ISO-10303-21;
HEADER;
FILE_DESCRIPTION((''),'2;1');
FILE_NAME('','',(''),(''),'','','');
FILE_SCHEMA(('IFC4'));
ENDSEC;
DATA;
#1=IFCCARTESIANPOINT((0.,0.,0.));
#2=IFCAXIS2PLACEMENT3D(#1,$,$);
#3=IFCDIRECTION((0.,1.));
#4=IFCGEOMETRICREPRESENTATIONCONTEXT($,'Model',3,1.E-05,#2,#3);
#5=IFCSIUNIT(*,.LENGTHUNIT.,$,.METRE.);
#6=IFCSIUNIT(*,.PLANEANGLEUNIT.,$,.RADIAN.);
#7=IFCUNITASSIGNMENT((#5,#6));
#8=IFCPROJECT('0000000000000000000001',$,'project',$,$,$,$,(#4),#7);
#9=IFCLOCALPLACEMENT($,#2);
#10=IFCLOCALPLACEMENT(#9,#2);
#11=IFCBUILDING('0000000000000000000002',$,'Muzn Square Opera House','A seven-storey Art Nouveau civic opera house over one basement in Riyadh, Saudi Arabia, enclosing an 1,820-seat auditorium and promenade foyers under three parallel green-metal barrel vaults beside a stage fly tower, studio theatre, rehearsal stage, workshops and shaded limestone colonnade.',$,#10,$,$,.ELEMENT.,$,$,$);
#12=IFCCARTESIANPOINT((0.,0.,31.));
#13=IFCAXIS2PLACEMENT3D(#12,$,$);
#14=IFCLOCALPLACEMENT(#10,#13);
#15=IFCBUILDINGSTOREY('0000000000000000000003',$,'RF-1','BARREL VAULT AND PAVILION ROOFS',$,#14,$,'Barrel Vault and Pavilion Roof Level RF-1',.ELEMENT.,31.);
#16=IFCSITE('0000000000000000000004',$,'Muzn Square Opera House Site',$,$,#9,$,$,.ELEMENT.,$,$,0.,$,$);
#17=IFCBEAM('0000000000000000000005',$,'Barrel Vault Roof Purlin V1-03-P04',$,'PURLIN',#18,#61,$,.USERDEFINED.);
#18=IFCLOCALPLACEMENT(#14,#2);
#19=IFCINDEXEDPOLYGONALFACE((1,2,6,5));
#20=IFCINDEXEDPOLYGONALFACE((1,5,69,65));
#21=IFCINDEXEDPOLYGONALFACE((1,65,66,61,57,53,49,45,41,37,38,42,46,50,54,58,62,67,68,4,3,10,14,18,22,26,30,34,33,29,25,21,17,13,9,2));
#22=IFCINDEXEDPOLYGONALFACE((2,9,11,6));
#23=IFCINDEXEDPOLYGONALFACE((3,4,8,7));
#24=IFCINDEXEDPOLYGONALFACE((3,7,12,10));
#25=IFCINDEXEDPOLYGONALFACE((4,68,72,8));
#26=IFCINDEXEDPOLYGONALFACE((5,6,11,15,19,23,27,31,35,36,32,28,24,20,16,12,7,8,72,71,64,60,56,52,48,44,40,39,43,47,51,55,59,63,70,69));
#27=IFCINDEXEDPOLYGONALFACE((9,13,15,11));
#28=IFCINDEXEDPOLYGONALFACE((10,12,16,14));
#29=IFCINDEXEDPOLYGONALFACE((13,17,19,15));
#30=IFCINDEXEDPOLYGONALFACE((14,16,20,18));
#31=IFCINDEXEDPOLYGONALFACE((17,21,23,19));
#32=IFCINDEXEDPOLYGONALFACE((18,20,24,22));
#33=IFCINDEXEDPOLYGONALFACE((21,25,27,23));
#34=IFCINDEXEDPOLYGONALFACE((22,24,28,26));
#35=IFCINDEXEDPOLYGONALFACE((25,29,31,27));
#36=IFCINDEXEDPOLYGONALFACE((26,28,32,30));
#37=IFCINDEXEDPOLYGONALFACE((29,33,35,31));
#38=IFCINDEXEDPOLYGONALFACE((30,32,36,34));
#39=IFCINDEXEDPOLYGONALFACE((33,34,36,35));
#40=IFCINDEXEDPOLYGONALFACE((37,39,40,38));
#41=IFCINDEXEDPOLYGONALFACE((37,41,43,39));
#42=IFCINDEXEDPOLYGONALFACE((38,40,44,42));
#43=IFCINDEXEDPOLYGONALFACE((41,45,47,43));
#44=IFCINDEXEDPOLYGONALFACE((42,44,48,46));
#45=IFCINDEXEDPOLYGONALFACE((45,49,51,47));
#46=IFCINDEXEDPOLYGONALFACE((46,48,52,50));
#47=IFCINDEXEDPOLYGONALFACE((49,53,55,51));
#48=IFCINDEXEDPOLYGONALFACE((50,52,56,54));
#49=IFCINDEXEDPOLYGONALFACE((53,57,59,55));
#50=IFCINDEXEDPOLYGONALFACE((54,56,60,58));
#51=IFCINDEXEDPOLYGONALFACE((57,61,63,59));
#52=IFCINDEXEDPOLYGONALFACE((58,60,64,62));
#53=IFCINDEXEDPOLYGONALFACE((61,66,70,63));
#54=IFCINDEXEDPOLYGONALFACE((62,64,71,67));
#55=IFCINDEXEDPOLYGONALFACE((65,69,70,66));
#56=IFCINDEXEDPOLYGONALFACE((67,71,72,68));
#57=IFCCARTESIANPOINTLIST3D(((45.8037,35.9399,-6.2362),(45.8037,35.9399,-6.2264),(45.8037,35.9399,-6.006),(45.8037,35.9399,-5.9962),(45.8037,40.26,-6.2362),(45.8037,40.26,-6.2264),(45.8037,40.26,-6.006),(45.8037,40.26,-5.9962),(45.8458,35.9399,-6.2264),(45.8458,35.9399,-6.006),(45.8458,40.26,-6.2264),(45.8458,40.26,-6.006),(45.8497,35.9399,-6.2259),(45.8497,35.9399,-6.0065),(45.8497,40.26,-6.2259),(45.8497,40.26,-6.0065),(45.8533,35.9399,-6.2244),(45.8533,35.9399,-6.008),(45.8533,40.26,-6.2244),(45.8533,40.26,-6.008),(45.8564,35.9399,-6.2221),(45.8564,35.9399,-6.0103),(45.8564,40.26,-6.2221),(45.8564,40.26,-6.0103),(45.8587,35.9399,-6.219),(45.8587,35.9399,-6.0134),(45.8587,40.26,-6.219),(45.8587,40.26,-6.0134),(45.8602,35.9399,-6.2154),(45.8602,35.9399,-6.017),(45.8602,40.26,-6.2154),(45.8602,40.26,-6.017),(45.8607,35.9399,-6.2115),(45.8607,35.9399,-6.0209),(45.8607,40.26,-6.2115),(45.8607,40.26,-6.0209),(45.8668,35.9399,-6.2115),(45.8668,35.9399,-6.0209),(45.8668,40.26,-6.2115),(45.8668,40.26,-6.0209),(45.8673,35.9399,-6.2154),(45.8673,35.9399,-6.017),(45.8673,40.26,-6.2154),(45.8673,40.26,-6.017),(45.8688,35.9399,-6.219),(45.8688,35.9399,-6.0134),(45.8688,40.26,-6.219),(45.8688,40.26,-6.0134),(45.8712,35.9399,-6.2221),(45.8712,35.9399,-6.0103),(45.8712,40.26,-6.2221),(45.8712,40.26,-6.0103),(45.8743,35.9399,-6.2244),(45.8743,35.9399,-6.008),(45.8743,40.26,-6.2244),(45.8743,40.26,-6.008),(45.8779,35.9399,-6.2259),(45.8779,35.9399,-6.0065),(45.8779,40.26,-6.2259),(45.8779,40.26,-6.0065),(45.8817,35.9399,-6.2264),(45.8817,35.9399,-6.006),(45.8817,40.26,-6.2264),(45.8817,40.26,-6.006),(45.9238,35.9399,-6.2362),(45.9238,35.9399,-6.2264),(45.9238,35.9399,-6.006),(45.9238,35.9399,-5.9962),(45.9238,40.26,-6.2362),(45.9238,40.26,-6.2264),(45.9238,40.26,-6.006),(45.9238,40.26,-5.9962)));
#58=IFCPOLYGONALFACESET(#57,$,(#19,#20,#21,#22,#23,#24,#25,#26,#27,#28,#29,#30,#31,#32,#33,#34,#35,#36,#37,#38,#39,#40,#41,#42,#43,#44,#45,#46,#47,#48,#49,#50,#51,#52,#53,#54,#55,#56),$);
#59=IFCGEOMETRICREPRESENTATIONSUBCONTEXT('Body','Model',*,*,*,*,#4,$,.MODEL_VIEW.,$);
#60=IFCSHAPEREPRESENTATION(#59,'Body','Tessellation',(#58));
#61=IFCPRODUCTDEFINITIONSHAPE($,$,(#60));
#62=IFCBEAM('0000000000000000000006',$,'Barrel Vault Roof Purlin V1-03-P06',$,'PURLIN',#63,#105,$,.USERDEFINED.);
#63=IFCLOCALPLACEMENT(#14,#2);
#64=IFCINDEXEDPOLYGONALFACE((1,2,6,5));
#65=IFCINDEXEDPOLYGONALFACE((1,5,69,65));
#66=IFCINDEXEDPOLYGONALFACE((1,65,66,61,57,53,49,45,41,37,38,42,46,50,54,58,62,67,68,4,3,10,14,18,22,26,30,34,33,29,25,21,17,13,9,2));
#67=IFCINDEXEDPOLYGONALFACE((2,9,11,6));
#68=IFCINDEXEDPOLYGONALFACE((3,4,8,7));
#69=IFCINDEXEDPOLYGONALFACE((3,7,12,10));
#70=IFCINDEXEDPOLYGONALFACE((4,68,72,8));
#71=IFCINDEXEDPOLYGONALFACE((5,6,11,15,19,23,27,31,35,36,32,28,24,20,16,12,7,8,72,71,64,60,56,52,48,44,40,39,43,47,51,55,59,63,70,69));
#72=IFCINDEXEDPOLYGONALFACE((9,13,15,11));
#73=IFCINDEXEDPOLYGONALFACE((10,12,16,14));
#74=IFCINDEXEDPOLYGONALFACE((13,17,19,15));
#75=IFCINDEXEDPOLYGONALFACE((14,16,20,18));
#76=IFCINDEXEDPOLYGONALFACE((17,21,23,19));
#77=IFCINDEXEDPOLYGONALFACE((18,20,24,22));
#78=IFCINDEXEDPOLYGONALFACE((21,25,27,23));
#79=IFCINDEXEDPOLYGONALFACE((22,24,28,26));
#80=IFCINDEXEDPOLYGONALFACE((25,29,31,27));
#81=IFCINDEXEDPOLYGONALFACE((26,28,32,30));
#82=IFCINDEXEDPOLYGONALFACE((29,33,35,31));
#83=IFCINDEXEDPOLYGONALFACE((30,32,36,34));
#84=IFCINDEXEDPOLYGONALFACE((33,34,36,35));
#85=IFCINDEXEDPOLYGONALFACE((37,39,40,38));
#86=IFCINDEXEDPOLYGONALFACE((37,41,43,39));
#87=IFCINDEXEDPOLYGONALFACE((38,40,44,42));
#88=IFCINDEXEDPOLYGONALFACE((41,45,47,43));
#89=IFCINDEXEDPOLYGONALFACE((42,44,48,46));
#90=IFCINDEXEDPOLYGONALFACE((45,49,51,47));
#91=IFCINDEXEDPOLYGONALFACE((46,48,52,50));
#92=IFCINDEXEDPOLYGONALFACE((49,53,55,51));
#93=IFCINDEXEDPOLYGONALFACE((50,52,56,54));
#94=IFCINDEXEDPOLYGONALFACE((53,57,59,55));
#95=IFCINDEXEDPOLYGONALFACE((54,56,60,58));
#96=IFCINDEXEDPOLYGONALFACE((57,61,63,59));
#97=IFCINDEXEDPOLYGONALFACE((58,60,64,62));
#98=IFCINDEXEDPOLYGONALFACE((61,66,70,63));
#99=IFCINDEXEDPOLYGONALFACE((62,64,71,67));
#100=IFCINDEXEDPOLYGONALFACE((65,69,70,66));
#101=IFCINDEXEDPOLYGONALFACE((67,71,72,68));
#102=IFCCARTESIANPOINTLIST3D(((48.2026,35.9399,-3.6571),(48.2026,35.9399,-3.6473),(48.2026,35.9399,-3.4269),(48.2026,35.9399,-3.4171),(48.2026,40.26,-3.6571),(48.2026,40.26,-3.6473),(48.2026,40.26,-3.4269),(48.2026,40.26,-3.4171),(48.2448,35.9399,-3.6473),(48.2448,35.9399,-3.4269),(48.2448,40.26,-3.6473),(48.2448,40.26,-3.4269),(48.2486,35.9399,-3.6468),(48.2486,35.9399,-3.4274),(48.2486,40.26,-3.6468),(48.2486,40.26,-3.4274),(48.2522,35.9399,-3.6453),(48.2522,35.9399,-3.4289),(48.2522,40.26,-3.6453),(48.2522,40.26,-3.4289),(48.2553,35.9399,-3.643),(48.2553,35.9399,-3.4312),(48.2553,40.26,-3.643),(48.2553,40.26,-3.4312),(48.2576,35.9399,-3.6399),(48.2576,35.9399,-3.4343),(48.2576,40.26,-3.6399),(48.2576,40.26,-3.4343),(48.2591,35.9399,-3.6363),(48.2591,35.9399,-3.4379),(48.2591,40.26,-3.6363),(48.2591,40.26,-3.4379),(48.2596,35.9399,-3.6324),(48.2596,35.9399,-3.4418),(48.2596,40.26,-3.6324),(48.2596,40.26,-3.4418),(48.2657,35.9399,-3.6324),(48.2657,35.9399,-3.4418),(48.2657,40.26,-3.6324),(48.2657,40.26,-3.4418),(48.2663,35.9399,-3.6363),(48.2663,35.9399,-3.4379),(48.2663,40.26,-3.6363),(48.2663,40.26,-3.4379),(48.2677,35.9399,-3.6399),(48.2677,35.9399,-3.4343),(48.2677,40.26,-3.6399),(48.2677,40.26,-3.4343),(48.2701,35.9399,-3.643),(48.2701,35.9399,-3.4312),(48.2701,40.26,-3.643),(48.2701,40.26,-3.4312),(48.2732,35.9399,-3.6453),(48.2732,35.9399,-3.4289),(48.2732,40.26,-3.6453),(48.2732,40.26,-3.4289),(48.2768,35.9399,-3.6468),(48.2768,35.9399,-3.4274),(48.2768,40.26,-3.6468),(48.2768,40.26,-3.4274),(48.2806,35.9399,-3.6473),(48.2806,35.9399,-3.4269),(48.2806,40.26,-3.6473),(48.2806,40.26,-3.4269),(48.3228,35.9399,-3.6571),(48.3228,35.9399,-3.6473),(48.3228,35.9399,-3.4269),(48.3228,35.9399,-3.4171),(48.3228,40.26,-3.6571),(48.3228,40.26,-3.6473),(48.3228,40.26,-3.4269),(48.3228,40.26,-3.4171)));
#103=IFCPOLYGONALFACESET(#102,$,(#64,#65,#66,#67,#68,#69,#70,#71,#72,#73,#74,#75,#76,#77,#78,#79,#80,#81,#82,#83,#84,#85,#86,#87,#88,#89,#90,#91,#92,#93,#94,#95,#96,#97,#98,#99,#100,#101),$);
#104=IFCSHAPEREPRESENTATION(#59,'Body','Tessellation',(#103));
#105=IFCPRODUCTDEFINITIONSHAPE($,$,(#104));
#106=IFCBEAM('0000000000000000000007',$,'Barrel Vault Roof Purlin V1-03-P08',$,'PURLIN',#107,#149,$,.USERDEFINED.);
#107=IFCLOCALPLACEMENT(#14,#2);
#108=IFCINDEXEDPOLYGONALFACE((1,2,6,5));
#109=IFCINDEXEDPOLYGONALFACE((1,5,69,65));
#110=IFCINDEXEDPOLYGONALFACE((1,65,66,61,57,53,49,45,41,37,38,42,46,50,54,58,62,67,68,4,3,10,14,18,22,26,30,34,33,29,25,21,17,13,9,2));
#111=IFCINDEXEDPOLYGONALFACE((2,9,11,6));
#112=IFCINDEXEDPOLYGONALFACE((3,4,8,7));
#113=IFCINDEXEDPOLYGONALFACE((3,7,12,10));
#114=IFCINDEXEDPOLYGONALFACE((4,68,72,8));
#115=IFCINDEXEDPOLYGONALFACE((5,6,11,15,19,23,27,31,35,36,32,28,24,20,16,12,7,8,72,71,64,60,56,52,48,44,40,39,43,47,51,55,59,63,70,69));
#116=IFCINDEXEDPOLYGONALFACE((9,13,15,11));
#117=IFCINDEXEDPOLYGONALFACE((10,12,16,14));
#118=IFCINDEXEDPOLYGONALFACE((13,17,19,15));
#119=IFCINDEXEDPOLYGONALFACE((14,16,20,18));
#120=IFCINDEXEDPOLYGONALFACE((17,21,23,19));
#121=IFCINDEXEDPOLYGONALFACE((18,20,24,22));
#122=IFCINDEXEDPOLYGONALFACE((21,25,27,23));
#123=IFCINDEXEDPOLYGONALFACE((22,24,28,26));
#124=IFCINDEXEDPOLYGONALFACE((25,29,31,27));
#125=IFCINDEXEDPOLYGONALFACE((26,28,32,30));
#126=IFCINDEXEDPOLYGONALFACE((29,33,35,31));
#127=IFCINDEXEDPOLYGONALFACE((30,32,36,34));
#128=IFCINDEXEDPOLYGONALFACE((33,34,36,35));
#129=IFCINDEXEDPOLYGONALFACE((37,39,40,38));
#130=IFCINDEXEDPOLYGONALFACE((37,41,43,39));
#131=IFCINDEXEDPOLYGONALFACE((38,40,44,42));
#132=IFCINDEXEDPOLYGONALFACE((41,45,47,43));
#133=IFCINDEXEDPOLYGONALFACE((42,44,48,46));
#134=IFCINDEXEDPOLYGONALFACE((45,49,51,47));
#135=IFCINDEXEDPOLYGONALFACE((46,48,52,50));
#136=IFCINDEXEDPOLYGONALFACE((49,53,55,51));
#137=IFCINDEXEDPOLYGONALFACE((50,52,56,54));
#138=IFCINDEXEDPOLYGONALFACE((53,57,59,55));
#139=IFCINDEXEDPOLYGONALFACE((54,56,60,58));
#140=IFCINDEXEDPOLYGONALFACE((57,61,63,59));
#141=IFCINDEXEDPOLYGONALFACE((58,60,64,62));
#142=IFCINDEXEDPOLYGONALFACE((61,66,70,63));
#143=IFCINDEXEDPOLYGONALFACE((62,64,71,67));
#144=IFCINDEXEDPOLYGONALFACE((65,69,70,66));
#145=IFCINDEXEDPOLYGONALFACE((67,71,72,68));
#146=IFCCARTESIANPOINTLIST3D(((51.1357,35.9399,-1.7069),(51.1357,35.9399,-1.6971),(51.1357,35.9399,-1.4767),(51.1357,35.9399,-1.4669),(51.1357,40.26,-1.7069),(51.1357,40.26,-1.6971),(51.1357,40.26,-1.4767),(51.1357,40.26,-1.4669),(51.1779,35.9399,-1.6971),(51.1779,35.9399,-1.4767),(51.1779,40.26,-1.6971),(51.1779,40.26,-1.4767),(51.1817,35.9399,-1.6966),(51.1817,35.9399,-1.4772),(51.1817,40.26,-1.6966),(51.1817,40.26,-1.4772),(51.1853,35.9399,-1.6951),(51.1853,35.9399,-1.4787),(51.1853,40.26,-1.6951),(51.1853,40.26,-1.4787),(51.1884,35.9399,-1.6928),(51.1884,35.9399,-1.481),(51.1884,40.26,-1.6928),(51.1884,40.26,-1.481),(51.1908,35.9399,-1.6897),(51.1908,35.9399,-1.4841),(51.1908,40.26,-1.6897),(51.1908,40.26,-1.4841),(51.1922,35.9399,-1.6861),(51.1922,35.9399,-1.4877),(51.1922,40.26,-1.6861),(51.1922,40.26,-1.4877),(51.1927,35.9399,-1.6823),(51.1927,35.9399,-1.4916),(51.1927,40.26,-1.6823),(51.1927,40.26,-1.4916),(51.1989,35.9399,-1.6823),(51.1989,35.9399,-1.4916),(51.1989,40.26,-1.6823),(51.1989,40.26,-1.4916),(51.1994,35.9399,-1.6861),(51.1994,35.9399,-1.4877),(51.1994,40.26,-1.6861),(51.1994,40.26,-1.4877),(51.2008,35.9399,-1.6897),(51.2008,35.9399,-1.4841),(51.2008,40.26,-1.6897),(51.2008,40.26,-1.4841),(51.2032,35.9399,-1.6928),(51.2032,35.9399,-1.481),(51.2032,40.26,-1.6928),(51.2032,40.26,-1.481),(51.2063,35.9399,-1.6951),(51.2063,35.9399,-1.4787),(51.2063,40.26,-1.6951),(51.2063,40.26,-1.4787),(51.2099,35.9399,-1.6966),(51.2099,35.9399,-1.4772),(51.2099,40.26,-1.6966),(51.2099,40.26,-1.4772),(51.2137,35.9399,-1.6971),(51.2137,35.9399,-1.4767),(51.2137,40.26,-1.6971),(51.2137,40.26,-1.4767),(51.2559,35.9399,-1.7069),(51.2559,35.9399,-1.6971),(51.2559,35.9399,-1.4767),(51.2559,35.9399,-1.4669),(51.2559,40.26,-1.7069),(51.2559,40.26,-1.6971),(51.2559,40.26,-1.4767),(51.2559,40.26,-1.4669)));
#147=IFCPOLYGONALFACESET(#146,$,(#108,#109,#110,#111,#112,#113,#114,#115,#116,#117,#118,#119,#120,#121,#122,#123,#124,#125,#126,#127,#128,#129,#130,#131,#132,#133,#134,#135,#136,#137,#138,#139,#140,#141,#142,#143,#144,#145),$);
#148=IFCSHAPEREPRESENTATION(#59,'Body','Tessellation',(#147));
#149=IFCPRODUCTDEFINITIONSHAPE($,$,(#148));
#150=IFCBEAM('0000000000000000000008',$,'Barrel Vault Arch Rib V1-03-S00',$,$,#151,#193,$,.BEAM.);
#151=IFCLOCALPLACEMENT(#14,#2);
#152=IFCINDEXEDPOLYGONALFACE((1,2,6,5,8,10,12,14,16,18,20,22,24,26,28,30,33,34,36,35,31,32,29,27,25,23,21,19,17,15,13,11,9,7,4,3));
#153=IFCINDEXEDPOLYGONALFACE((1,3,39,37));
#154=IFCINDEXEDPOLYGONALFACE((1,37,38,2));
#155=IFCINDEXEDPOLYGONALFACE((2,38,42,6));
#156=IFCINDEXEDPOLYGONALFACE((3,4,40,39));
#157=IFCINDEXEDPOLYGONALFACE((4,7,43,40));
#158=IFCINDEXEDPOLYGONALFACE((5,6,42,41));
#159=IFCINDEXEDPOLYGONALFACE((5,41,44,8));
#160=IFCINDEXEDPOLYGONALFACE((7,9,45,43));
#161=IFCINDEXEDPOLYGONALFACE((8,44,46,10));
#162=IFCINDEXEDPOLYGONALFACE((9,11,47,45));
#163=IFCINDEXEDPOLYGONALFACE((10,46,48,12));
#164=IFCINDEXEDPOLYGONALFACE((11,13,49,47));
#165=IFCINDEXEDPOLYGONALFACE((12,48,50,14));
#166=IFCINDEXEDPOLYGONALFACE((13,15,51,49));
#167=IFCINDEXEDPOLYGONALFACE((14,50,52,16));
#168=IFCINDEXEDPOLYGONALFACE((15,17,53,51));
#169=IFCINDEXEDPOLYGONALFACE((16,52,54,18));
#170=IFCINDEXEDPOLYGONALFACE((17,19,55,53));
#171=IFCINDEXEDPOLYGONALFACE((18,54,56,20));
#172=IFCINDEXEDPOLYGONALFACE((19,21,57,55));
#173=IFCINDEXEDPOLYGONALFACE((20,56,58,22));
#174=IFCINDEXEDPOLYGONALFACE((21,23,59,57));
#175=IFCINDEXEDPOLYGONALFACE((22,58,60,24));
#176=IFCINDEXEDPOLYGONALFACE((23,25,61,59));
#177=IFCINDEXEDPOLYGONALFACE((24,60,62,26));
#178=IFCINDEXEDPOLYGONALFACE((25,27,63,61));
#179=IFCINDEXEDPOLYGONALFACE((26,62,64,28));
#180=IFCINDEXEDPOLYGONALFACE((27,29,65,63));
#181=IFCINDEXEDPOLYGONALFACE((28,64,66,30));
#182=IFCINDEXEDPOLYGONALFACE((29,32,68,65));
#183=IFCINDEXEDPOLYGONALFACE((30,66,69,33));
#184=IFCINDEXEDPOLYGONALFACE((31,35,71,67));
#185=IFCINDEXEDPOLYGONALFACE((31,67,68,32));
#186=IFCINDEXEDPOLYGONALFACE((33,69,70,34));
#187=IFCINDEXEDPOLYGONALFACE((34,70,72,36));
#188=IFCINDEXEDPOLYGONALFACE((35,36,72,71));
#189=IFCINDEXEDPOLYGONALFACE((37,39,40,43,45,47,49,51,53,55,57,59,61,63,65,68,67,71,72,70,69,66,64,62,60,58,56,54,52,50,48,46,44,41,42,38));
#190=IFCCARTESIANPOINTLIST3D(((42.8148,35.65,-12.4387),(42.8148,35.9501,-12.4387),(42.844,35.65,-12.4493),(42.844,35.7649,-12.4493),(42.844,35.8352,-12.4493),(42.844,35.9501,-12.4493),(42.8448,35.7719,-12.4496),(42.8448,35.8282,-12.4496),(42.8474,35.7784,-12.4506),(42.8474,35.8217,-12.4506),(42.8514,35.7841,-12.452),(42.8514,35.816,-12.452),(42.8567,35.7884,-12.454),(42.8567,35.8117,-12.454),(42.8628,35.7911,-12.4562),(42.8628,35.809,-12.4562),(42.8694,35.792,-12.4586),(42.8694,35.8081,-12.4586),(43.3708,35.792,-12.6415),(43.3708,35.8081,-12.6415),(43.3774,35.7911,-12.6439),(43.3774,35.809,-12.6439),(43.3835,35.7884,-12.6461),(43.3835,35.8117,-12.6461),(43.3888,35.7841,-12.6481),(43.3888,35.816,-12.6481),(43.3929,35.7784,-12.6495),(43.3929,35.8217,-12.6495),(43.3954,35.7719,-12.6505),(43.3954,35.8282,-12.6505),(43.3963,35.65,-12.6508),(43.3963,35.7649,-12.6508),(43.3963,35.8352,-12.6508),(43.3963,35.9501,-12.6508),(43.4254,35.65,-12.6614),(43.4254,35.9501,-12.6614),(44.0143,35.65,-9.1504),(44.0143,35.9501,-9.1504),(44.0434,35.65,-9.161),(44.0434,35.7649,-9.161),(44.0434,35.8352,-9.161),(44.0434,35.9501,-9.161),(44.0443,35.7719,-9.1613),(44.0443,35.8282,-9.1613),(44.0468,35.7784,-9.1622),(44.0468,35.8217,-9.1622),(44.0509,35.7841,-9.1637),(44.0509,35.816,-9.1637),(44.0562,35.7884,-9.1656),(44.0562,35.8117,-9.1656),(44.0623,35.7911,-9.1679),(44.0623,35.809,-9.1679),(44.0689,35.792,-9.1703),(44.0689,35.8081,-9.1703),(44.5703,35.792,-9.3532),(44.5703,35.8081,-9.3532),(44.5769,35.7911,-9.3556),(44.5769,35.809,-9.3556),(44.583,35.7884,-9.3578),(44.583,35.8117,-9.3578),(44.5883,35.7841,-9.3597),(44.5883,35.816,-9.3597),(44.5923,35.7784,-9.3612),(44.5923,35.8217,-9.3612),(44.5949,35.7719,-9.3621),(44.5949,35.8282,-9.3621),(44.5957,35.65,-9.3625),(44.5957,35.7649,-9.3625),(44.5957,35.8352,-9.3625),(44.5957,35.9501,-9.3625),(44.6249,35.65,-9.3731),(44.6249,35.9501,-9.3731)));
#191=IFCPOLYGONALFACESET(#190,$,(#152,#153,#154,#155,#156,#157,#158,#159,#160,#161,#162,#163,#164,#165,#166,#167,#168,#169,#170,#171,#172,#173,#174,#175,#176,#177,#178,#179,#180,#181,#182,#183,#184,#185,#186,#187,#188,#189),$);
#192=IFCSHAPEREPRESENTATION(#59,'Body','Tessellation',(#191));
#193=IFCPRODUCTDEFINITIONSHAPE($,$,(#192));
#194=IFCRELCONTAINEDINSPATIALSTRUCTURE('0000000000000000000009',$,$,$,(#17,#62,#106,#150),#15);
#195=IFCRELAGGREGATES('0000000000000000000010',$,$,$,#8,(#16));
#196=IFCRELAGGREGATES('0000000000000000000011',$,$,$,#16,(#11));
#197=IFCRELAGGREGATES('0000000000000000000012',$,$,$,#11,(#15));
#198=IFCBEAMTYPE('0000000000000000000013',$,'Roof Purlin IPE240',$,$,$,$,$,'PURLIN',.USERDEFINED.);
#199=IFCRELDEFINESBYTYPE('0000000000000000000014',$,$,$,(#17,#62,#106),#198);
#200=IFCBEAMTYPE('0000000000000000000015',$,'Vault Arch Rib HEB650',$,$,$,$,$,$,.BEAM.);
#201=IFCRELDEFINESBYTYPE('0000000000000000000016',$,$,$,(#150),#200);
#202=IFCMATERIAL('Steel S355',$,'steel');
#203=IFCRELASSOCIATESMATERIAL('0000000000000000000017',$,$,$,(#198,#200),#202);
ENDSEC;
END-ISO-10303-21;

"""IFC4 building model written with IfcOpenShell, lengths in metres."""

from ifc_helpers import new_model, si_unit, direction, frame, origin, origin_2d, place, context, subcontext, project, spatial, i_section, extrude, material, material_profile, profile_set, type_object, element, save


model = new_model("IFC4")

# Units and contexts
model_context = context("Model", 3, precision=1e-05, world=origin(), true_north=direction((0.0, 1.0)))
body_context = subcontext(model_context, "Body", "Model", "MODEL_VIEW")
ifc_project = project(units=[si_unit("LENGTHUNIT", "METRE"), si_unit("PLANEANGLEUNIT", "RADIAN")], contexts=[model_context])

# Site, building, storey
site_placement = place(None, origin())
site = spatial("IfcSite", under=ifc_project, at=site_placement, Name="Muzn Square Opera House Site", CompositionType="ELEMENT", RefElevation=0.0)
building_placement = place(site_placement, origin())
building = spatial("IfcBuilding", under=site, at=building_placement, Name="Muzn Square Opera House", Description="A seven-storey Art Nouveau civic opera house over one basement in Riyadh, Saudi Arabia, enclosing an 1,820-seat auditorium and promenade foyers under three parallel green-metal barrel vaults beside a stage fly tower, studio theatre, rehearsal stage, workshops and shaded limestone colonnade.", CompositionType="ELEMENT")
storey_placement = place(building_placement, frame((0.0, 0.0, 31.0)))
storey = spatial("IfcBuildingStorey", under=building, at=storey_placement, Name="RF-1", Description="BARREL VAULT AND PAVILION ROOFS", LongName="Barrel Vault and Pavilion Roof Level RF-1", CompositionType="ELEMENT", Elevation=31.0)

# Beams
ifc_material_1 = material(Name="Steel S355", Category="steel")
ifc_material_profile_1 = material_profile(ifc_material_1, i_section(OverallWidth=0.1201, OverallDepth=0.24, WebThickness=0.0061, FlangeThickness=0.0098, FilletRadius=0.0149, at=origin_2d()), Name="IPE 240", Category="steel")
ifc_profile_set_1 = profile_set([ifc_material_profile_1], Name="Steel S355")
beam_type_1 = type_object("IfcBeamType", Name="Roof Purlin IPE240", ElementType="PURLIN", PredefinedType="USERDEFINED", material=ifc_profile_set_1)
for number, where, z_axis, x_axis, name in (
    (1, (45.8638, 35.9399, -6.1162), (0.0, 1.0, 0.0), (-1.0, 0.0, 0.0), "Barrel Vault Roof Purlin V1-03-P04"),
    (2, (48.2627, 35.9399, -3.5371), (0.0, 1.0, 0.0), (-1.0, 0.0, 0.0), "Barrel Vault Roof Purlin V1-03-P06"),
    (3, (51.1958, 35.9399, -1.5869), (0.0, 1.0, 0.0), (-1.0, 0.0, 0.0), "Barrel Vault Roof Purlin V1-03-P08"),
):
    element("IfcBeam", number, at=place(storey_placement, frame(where, z_axis=z_axis, x_axis=x_axis)), inside=storey, type_object=beam_type_1, Name=name, ObjectType="PURLIN", PredefinedType="USERDEFINED", context=body_context, shape_type="SweptSolid", body=[
        extrude(i_section(OverallWidth=0.1201, OverallDepth=0.24, WebThickness=0.0061, FlangeThickness=0.0098, FilletRadius=0.0149, at=origin_2d()), origin(), (0.0, 0.0, 1.0), 4.3201),
    ])
ifc_material_profile_2 = material_profile(ifc_material_1, i_section(OverallWidth=0.3, OverallDepth=0.6499, WebThickness=0.0161, FlangeThickness=0.031, FilletRadius=0.0271, at=origin_2d()), Name="HEB 650", Category="steel")
ifc_profile_set_2 = profile_set([ifc_material_profile_2], Name="Steel S355")
beam_type_2 = type_object("IfcBeamType", Name="Vault Arch Rib HEB650", PredefinedType="BEAM", material=ifc_profile_set_2)
beam_1_placement = place(storey_placement, frame((43.1201, 35.8, -12.55), z_axis=(0.342678, 0.0, 0.939453), x_axis=(0.0, 1.0, 0.0)))
element("IfcBeam", 4, at=beam_1_placement, inside=storey, type_object=beam_type_2, Name="Barrel Vault Arch Rib V1-03-S00", PredefinedType="BEAM", context=body_context, shape_type="SweptSolid", body=[
    extrude(i_section(OverallWidth=0.3, OverallDepth=0.6499, WebThickness=0.0161, FlangeThickness=0.031, FilletRadius=0.0271, at=origin_2d()), origin(), (0.0, 0.0, 1.0), 3.5002),
])

save(model, "model.ifc")
